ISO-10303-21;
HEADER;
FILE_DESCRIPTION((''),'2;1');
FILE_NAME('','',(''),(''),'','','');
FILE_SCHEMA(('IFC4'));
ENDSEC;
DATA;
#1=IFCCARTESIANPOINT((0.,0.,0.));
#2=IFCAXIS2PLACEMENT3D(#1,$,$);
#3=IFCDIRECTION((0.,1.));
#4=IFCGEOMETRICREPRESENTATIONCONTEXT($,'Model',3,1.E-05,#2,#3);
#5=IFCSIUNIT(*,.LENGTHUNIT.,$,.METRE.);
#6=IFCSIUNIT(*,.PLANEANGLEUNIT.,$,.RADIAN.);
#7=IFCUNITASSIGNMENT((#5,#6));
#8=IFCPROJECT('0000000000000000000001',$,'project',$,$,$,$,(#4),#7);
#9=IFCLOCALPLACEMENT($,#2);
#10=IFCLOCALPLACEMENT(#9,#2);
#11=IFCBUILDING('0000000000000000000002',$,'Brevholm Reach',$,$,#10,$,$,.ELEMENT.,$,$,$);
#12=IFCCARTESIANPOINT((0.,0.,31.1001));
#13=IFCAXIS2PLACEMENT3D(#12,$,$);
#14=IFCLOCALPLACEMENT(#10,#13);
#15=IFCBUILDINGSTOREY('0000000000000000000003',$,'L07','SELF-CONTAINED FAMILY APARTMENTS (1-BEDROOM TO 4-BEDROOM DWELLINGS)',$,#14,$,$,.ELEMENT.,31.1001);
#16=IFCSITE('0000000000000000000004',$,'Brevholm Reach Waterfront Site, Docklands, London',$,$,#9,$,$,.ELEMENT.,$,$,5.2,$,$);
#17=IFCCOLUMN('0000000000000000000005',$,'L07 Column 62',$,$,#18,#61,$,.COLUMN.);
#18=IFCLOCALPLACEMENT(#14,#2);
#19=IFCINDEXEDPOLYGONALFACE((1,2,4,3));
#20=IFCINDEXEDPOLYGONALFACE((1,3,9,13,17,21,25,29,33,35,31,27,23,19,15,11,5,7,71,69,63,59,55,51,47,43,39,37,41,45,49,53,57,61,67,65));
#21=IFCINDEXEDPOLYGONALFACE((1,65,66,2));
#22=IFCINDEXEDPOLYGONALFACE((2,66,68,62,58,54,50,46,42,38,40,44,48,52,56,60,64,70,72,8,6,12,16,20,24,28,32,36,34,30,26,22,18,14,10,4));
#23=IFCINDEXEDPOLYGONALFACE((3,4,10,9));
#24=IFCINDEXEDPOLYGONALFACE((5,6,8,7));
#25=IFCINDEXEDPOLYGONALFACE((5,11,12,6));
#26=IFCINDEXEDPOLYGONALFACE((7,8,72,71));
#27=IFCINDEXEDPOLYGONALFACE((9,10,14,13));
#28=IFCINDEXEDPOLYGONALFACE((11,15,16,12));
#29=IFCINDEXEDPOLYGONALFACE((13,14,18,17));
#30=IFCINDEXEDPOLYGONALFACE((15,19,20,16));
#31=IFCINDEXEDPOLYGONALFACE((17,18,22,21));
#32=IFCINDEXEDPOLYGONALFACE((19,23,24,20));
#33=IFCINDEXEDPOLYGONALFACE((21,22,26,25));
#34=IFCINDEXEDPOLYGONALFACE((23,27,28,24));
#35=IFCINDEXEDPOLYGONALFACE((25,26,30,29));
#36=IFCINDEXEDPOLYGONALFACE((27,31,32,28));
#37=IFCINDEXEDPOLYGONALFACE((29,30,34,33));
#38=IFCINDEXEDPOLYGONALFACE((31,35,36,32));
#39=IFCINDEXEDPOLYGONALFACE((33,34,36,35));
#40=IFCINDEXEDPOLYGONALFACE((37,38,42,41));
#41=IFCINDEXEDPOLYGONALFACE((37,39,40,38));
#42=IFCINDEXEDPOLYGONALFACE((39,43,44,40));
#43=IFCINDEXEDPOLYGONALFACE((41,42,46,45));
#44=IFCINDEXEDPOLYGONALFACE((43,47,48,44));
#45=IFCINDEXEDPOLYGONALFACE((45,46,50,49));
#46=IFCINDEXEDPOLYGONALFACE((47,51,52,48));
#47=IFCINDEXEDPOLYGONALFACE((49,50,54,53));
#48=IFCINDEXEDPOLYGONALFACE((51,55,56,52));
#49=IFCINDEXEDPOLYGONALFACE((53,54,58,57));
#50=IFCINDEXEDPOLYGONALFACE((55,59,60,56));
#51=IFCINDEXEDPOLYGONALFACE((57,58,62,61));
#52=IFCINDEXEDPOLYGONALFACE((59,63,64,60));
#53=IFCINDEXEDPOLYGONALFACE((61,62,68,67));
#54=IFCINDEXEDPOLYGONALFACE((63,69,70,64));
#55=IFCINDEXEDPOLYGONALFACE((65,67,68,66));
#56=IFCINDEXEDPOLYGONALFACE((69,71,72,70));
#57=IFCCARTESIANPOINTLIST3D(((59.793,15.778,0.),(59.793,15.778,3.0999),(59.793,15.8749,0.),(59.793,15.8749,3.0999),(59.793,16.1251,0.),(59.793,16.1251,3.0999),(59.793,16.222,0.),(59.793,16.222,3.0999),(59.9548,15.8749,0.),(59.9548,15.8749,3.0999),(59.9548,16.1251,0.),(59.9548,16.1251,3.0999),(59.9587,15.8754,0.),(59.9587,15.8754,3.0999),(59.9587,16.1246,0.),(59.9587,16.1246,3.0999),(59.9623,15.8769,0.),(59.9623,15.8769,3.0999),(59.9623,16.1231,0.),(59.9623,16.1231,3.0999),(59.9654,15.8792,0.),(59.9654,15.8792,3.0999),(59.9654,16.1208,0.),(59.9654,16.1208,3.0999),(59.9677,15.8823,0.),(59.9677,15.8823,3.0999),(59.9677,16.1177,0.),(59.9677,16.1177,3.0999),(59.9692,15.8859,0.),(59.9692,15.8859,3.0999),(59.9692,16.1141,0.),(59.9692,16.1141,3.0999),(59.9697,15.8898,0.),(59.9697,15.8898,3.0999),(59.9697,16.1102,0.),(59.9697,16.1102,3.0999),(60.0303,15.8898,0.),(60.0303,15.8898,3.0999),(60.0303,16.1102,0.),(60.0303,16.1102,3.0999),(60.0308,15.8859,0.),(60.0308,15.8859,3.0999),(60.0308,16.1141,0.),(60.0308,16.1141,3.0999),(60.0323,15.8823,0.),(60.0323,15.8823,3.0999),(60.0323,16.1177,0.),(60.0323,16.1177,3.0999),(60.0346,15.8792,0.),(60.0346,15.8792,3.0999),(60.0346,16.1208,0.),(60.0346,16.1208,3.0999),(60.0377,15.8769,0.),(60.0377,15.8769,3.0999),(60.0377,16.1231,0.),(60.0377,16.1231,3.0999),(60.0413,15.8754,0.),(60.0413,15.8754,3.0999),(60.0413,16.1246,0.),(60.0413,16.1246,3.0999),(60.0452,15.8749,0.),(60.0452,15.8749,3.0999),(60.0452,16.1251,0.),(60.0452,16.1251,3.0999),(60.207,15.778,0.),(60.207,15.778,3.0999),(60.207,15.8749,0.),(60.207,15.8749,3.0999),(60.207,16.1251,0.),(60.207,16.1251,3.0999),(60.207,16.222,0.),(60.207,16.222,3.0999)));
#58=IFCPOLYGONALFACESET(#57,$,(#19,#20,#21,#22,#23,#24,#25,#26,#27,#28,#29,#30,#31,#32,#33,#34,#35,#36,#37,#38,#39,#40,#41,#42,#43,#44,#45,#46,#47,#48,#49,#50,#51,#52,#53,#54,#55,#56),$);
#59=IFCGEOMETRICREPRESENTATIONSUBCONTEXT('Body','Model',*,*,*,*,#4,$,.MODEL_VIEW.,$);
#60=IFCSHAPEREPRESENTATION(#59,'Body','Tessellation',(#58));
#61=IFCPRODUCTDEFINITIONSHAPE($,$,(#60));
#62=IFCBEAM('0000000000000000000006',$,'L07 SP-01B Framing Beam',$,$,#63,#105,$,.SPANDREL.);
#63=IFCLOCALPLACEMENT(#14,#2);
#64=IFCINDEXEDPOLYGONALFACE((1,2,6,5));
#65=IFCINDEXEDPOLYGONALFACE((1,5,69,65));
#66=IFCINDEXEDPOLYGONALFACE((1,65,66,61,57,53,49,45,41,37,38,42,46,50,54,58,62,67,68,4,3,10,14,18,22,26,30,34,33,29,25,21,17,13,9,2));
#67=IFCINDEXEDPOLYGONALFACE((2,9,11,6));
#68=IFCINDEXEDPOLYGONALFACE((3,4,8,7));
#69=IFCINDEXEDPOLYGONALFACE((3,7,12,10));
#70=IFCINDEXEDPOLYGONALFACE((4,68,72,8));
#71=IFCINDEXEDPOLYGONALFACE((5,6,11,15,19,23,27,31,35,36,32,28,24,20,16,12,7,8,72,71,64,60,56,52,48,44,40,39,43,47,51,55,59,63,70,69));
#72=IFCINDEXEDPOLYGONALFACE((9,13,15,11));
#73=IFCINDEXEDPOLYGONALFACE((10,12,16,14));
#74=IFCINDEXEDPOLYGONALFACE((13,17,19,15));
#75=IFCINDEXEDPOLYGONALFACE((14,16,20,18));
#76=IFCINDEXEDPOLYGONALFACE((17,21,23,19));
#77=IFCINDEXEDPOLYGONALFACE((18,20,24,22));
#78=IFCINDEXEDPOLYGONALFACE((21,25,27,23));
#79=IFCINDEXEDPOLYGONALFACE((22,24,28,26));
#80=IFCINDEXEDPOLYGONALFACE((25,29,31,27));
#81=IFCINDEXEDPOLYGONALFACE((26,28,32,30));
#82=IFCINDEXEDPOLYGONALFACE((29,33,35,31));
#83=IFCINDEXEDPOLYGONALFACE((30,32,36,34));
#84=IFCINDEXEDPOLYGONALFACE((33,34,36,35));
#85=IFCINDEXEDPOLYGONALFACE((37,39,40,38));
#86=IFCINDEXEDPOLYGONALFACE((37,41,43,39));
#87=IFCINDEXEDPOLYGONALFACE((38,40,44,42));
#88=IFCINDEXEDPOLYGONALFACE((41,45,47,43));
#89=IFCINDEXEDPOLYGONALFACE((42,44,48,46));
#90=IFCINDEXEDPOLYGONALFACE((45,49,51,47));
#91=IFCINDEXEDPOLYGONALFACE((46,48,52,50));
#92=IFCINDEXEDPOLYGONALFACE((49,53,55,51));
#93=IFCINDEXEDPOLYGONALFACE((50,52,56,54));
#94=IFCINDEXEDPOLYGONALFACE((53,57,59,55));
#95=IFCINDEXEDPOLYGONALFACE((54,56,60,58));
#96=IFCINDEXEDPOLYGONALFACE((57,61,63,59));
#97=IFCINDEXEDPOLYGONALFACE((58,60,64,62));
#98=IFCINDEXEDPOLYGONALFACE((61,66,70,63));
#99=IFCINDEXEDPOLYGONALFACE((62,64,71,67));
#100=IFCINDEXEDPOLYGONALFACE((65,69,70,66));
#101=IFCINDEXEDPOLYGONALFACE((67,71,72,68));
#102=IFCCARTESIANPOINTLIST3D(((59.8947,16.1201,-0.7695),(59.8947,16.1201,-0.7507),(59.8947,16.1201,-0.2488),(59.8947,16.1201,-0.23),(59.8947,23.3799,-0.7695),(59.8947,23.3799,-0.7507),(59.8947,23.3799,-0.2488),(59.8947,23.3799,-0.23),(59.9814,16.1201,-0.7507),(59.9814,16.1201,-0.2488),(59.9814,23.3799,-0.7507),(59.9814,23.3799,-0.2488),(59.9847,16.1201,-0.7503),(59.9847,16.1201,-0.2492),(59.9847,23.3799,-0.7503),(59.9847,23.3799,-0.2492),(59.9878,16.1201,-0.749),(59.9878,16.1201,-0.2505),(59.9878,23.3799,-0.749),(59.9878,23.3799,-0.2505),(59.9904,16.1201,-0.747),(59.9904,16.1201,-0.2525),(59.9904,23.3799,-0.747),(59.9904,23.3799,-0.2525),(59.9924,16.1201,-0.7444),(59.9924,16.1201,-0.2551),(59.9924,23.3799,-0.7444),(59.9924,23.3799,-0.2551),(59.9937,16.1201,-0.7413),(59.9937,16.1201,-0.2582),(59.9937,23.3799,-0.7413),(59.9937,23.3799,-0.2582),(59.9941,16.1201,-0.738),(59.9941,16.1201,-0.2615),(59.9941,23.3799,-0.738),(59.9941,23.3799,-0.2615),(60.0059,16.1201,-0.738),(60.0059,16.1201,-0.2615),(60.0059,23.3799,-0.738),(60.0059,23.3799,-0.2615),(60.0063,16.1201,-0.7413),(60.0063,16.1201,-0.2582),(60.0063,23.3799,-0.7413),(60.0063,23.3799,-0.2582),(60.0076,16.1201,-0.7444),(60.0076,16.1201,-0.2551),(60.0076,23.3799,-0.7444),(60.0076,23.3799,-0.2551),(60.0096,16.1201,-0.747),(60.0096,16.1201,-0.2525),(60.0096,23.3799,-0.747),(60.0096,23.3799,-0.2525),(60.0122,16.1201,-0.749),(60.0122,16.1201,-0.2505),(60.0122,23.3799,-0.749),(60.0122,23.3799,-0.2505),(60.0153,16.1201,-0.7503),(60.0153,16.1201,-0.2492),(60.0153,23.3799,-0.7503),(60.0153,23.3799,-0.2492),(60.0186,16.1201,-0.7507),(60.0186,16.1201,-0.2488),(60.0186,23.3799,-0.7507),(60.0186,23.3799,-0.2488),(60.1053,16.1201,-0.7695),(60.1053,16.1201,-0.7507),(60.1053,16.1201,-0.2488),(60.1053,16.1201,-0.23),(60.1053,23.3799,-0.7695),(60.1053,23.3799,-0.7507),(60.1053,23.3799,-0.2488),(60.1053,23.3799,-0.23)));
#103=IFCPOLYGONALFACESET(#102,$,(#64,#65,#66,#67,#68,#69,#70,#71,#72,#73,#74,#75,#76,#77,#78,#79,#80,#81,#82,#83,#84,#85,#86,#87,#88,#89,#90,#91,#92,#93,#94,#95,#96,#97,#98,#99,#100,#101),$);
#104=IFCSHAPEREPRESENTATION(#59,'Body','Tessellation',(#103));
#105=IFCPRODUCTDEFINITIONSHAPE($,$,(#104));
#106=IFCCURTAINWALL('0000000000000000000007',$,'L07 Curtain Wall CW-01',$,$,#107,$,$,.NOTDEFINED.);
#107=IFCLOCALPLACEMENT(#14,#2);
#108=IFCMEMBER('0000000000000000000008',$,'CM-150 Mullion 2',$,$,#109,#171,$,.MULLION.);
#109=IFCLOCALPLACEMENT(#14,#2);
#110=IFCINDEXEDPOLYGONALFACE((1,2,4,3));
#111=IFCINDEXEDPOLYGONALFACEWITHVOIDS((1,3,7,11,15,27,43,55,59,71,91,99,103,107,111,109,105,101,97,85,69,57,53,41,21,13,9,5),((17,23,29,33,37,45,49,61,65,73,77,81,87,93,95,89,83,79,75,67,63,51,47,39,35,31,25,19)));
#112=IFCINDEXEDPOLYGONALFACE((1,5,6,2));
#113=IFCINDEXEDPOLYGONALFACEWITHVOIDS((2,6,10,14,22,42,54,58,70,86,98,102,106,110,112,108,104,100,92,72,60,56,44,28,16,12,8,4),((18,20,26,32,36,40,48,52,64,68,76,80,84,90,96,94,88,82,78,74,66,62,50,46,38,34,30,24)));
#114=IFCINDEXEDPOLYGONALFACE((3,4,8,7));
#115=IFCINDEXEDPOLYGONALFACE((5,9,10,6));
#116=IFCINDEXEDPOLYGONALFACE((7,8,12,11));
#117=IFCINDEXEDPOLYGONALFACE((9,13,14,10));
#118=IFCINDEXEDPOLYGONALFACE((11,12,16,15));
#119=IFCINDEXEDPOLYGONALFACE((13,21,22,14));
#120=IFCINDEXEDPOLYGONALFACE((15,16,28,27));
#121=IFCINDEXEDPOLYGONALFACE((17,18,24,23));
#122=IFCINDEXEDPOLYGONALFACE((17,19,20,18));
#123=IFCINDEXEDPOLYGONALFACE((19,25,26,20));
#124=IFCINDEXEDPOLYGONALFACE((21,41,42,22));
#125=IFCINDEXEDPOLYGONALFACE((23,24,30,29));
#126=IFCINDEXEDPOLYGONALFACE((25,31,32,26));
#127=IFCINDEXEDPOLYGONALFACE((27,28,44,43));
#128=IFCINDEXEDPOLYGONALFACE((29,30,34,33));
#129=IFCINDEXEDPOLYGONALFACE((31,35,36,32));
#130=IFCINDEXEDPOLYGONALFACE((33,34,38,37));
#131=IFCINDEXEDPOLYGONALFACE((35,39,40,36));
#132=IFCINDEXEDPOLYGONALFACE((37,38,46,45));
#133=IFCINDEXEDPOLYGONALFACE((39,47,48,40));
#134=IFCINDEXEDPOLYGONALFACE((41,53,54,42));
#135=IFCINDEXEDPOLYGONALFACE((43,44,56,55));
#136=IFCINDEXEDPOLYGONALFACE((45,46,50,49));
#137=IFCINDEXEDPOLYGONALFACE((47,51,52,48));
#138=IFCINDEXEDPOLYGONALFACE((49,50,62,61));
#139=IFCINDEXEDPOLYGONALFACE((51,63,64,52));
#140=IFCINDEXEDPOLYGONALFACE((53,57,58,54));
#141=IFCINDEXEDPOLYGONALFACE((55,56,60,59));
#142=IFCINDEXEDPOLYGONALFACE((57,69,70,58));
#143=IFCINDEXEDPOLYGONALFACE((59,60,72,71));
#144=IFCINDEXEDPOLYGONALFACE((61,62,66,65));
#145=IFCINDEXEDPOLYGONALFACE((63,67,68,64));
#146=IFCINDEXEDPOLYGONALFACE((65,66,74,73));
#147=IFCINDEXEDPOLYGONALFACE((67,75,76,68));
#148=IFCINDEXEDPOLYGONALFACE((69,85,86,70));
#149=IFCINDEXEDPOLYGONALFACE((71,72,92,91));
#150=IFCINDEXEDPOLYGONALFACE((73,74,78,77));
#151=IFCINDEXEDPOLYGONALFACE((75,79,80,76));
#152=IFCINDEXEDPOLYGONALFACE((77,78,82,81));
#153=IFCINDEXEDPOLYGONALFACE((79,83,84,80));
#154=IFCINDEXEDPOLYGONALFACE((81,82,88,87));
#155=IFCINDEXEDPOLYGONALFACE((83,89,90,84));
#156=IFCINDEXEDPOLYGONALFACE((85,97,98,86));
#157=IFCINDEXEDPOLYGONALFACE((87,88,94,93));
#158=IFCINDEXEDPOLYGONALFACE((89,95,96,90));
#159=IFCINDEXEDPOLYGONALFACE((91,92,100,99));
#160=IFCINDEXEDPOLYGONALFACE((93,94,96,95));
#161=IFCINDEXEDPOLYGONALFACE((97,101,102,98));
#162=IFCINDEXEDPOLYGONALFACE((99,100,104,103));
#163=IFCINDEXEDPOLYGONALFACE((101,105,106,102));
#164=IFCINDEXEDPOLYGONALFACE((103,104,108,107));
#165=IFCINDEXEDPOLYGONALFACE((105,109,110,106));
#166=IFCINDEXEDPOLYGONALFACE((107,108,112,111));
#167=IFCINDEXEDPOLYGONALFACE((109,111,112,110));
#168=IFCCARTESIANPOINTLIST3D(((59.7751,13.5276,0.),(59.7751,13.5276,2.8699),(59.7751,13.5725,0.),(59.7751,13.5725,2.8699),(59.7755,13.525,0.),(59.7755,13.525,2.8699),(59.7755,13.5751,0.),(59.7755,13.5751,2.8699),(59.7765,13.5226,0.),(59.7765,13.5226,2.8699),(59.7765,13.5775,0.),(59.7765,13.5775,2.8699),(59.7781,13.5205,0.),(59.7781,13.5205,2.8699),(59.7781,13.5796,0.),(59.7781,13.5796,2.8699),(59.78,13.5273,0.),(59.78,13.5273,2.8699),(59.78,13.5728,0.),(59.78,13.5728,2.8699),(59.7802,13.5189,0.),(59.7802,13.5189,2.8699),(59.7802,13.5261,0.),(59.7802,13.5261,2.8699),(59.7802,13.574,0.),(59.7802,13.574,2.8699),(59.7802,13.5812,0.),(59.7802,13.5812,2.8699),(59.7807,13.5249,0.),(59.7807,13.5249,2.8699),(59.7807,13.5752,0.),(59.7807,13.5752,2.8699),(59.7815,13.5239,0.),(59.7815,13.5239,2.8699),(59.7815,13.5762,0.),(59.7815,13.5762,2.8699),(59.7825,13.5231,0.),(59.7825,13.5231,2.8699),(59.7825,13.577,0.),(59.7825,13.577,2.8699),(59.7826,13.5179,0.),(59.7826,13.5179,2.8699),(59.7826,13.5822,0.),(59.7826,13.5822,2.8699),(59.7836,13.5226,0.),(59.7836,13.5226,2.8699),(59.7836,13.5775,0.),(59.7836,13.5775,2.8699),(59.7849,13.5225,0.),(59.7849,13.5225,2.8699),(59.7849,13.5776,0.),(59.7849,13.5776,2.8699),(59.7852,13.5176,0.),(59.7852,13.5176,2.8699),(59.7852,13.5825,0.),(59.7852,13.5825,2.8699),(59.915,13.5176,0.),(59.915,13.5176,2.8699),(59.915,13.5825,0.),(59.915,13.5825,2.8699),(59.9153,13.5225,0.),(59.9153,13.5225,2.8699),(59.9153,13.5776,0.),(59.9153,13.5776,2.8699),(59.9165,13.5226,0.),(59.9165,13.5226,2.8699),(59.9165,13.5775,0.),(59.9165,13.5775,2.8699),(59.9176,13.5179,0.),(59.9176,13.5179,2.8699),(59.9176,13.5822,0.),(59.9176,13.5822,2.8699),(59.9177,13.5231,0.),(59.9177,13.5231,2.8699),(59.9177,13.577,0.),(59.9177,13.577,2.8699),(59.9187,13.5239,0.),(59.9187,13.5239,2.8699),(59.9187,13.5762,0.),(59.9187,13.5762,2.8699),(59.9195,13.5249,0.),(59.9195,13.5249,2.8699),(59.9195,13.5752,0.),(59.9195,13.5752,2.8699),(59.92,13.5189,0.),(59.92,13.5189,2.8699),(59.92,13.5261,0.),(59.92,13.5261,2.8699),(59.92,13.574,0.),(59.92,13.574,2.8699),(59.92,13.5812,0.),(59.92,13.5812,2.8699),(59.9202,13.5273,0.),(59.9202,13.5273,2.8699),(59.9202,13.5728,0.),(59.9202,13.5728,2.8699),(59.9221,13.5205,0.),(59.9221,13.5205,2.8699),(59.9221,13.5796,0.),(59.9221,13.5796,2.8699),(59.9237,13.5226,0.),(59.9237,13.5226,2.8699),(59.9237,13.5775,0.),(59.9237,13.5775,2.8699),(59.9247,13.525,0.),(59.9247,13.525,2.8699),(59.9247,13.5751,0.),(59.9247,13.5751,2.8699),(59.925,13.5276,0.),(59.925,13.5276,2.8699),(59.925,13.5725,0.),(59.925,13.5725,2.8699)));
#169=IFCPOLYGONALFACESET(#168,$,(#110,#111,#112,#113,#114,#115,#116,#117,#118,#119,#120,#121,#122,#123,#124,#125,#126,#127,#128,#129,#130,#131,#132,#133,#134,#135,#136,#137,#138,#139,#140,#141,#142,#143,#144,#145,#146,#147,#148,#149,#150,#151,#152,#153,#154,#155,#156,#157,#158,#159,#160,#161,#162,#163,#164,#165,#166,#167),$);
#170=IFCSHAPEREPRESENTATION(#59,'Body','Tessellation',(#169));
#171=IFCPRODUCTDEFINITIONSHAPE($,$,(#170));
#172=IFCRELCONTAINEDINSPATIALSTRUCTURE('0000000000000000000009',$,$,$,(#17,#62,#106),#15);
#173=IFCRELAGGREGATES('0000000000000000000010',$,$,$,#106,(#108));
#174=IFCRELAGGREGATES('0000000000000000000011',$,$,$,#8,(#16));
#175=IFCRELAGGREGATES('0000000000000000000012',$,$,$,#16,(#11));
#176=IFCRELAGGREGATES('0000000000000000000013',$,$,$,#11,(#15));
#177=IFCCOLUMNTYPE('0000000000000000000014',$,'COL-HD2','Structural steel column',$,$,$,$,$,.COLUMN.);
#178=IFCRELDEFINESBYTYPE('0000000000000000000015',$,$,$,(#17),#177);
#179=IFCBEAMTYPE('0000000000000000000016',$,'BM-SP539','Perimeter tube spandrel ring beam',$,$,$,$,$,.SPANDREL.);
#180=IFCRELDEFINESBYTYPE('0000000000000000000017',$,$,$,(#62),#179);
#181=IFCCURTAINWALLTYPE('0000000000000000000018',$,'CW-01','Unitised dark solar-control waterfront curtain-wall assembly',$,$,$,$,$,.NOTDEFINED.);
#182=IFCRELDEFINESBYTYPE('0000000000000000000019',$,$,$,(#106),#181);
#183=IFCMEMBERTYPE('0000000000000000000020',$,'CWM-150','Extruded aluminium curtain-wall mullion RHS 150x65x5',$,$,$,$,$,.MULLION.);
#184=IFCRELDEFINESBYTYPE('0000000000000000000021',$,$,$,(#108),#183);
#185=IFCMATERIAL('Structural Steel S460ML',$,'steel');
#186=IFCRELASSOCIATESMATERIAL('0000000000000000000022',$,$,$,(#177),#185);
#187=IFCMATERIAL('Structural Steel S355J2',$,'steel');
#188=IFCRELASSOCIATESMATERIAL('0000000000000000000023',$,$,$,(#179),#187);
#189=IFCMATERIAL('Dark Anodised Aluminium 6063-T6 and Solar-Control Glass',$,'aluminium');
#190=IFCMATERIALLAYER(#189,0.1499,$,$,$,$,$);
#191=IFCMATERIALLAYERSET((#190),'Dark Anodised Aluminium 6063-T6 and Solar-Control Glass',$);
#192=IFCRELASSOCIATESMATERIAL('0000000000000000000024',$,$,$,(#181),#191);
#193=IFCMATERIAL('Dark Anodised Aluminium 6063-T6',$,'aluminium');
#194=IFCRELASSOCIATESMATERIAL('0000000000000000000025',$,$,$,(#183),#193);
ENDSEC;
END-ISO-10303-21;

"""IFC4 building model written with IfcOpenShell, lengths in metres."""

from ifc_helpers import new_model, si_unit, direction, frame, origin, origin_2d, place, context, subcontext, project, spatial, hollow_rectangle, i_section, extrude, material, layer, layer_set, material_profile, profile_set, type_object, element, aggregate, save


model = new_model("IFC4")

# Units and contexts
model_context = context("Model", 3, precision=1e-05, world=origin(), true_north=direction((0.0, 1.0)))
body_context = subcontext(model_context, "Body", "Model", "MODEL_VIEW")
ifc_project = project(units=[si_unit("LENGTHUNIT", "METRE"), si_unit("PLANEANGLEUNIT", "RADIAN")], contexts=[model_context])

# Site, building, storey
site_placement = place(None, origin())
site = spatial("IfcSite", under=ifc_project, at=site_placement, Name="Brevholm Reach Waterfront Site, Docklands, London", CompositionType="ELEMENT", RefElevation=5.2)
building_placement = place(site_placement, origin())
building = spatial("IfcBuilding", under=site, at=building_placement, Name="Brevholm Reach", CompositionType="ELEMENT")
storey_placement = place(building_placement, frame((0.0, 0.0, 31.1001)))
storey = spatial("IfcBuildingStorey", under=building, at=storey_placement, Name="L07", Description="SELF-CONTAINED FAMILY APARTMENTS (1-BEDROOM TO 4-BEDROOM DWELLINGS)", CompositionType="ELEMENT", Elevation=31.1001)

# Column
ifc_material_1 = material(Name="Structural Steel S460ML", Category="steel")
ifc_material_profile_1 = material_profile(ifc_material_1, i_section(OverallWidth=0.4141, OverallDepth=0.4441, WebThickness=0.0605, FlangeThickness=0.0969, FilletRadius=0.0149, at=origin_2d()), Name="HD 400x818")
ifc_profile_set_1 = profile_set([ifc_material_profile_1], Name="Structural Steel S460ML")
column_type = type_object("IfcColumnType", Name="COL-HD2", Description="Structural steel column", PredefinedType="COLUMN", material=ifc_profile_set_1)
column_placement = place(storey_placement, frame((60.0, 16.0, 0.0), z_axis=(0.0, 0.0, 1.0), x_axis=(1.0, 0.0, 0.0)))
element("IfcColumn", 1, at=column_placement, inside=storey, type_object=column_type, Name="L07 Column 62", PredefinedType="COLUMN", context=body_context, shape_type="SweptSolid", body=[
    extrude(i_section(OverallWidth=0.4141, OverallDepth=0.4441, WebThickness=0.0605, FlangeThickness=0.0969, FilletRadius=0.0149, at=origin_2d()), origin(), (0.0, 0.0, 1.0), 3.0999),
])

# Beam
ifc_material_2 = material(Name="Structural Steel S355J2", Category="steel")
ifc_material_profile_2 = material_profile(ifc_material_2, i_section(OverallWidth=0.2107, OverallDepth=0.5396, WebThickness=0.0117, FlangeThickness=0.0188, FilletRadius=0.0127, at=origin_2d()), Name="UKB 533x210x109")
ifc_profile_set_2 = profile_set([ifc_material_profile_2], Name="Structural Steel S355J2")
beam_type = type_object("IfcBeamType", Name="BM-SP539", Description="Perimeter tube spandrel ring beam", PredefinedType="SPANDREL", material=ifc_profile_set_2)
beam_placement = place(storey_placement, frame((60.0, 16.1201, -0.4998), z_axis=(0.0, 1.0, 0.0), x_axis=(-1.0, 0.0, 0.0)))
element("IfcBeam", 2, at=beam_placement, inside=storey, type_object=beam_type, Name="L07 SP-01B Framing Beam", PredefinedType="SPANDREL", context=body_context, shape_type="SweptSolid", body=[
    extrude(i_section(OverallWidth=0.2107, OverallDepth=0.5396, WebThickness=0.0117, FlangeThickness=0.0188, FilletRadius=0.0127, at=origin_2d()), origin(), (0.0, 0.0, 1.0), 7.2598),
])

# Curtain wall, member
ifc_material_3 = material(Name="Dark Anodised Aluminium 6063-T6 and Solar-Control Glass", Category="aluminium")
ifc_layer_1 = layer(ifc_material_3, 0.1499)
ifc_layer_set_1 = layer_set([ifc_layer_1], Name="Dark Anodised Aluminium 6063-T6 and Solar-Control Glass")
curtain_wall_type = type_object("IfcCurtainWallType", Name="CW-01", Description="Unitised dark solar-control waterfront curtain-wall assembly", PredefinedType="NOTDEFINED", material=ifc_layer_set_1)
curtain_wall_placement = place(storey_placement, origin())
curtain_wall = element("IfcCurtainWall", 3, at=curtain_wall_placement, inside=storey, type_object=curtain_wall_type, Name="L07 Curtain Wall CW-01", PredefinedType="NOTDEFINED")
ifc_material_4 = material(Name="Dark Anodised Aluminium 6063-T6", Category="aluminium")
ifc_material_profile_3 = material_profile(ifc_material_4, hollow_rectangle(XDim=0.0649, YDim=0.1499, WallThickness=0.0049, InnerFilletRadius=0.0049, OuterFilletRadius=0.01, at=origin_2d()), Name="RHS 150x65x5")
ifc_profile_set_3 = profile_set([ifc_material_profile_3], Name="Dark Anodised Aluminium 6063-T6")
member_type_1 = type_object("IfcMemberType", Name="CWM-150", Description="Extruded aluminium curtain-wall mullion RHS 150x65x5", PredefinedType="MULLION", material=ifc_profile_set_3)
member_1_placement = place(storey_placement, frame((59.8501, 13.55, 0.0), z_axis=(0.0, 0.0, 1.0), x_axis=(0.0, 1.0, 0.0)))
member_1 = element("IfcMember", 4, at=member_1_placement, type_object=member_type_1, Name="CM-150 Mullion 2", PredefinedType="MULLION", context=body_context, shape_type="SweptSolid", body=[
    extrude(hollow_rectangle(XDim=0.0649, YDim=0.1499, WallThickness=0.0049, InnerFilletRadius=0.0049, OuterFilletRadius=0.01, at=origin_2d()), origin(), (0.0, 0.0, 1.0), 2.8699),
])
aggregate(curtain_wall, [member_1])

save(model, "model.ifc")
